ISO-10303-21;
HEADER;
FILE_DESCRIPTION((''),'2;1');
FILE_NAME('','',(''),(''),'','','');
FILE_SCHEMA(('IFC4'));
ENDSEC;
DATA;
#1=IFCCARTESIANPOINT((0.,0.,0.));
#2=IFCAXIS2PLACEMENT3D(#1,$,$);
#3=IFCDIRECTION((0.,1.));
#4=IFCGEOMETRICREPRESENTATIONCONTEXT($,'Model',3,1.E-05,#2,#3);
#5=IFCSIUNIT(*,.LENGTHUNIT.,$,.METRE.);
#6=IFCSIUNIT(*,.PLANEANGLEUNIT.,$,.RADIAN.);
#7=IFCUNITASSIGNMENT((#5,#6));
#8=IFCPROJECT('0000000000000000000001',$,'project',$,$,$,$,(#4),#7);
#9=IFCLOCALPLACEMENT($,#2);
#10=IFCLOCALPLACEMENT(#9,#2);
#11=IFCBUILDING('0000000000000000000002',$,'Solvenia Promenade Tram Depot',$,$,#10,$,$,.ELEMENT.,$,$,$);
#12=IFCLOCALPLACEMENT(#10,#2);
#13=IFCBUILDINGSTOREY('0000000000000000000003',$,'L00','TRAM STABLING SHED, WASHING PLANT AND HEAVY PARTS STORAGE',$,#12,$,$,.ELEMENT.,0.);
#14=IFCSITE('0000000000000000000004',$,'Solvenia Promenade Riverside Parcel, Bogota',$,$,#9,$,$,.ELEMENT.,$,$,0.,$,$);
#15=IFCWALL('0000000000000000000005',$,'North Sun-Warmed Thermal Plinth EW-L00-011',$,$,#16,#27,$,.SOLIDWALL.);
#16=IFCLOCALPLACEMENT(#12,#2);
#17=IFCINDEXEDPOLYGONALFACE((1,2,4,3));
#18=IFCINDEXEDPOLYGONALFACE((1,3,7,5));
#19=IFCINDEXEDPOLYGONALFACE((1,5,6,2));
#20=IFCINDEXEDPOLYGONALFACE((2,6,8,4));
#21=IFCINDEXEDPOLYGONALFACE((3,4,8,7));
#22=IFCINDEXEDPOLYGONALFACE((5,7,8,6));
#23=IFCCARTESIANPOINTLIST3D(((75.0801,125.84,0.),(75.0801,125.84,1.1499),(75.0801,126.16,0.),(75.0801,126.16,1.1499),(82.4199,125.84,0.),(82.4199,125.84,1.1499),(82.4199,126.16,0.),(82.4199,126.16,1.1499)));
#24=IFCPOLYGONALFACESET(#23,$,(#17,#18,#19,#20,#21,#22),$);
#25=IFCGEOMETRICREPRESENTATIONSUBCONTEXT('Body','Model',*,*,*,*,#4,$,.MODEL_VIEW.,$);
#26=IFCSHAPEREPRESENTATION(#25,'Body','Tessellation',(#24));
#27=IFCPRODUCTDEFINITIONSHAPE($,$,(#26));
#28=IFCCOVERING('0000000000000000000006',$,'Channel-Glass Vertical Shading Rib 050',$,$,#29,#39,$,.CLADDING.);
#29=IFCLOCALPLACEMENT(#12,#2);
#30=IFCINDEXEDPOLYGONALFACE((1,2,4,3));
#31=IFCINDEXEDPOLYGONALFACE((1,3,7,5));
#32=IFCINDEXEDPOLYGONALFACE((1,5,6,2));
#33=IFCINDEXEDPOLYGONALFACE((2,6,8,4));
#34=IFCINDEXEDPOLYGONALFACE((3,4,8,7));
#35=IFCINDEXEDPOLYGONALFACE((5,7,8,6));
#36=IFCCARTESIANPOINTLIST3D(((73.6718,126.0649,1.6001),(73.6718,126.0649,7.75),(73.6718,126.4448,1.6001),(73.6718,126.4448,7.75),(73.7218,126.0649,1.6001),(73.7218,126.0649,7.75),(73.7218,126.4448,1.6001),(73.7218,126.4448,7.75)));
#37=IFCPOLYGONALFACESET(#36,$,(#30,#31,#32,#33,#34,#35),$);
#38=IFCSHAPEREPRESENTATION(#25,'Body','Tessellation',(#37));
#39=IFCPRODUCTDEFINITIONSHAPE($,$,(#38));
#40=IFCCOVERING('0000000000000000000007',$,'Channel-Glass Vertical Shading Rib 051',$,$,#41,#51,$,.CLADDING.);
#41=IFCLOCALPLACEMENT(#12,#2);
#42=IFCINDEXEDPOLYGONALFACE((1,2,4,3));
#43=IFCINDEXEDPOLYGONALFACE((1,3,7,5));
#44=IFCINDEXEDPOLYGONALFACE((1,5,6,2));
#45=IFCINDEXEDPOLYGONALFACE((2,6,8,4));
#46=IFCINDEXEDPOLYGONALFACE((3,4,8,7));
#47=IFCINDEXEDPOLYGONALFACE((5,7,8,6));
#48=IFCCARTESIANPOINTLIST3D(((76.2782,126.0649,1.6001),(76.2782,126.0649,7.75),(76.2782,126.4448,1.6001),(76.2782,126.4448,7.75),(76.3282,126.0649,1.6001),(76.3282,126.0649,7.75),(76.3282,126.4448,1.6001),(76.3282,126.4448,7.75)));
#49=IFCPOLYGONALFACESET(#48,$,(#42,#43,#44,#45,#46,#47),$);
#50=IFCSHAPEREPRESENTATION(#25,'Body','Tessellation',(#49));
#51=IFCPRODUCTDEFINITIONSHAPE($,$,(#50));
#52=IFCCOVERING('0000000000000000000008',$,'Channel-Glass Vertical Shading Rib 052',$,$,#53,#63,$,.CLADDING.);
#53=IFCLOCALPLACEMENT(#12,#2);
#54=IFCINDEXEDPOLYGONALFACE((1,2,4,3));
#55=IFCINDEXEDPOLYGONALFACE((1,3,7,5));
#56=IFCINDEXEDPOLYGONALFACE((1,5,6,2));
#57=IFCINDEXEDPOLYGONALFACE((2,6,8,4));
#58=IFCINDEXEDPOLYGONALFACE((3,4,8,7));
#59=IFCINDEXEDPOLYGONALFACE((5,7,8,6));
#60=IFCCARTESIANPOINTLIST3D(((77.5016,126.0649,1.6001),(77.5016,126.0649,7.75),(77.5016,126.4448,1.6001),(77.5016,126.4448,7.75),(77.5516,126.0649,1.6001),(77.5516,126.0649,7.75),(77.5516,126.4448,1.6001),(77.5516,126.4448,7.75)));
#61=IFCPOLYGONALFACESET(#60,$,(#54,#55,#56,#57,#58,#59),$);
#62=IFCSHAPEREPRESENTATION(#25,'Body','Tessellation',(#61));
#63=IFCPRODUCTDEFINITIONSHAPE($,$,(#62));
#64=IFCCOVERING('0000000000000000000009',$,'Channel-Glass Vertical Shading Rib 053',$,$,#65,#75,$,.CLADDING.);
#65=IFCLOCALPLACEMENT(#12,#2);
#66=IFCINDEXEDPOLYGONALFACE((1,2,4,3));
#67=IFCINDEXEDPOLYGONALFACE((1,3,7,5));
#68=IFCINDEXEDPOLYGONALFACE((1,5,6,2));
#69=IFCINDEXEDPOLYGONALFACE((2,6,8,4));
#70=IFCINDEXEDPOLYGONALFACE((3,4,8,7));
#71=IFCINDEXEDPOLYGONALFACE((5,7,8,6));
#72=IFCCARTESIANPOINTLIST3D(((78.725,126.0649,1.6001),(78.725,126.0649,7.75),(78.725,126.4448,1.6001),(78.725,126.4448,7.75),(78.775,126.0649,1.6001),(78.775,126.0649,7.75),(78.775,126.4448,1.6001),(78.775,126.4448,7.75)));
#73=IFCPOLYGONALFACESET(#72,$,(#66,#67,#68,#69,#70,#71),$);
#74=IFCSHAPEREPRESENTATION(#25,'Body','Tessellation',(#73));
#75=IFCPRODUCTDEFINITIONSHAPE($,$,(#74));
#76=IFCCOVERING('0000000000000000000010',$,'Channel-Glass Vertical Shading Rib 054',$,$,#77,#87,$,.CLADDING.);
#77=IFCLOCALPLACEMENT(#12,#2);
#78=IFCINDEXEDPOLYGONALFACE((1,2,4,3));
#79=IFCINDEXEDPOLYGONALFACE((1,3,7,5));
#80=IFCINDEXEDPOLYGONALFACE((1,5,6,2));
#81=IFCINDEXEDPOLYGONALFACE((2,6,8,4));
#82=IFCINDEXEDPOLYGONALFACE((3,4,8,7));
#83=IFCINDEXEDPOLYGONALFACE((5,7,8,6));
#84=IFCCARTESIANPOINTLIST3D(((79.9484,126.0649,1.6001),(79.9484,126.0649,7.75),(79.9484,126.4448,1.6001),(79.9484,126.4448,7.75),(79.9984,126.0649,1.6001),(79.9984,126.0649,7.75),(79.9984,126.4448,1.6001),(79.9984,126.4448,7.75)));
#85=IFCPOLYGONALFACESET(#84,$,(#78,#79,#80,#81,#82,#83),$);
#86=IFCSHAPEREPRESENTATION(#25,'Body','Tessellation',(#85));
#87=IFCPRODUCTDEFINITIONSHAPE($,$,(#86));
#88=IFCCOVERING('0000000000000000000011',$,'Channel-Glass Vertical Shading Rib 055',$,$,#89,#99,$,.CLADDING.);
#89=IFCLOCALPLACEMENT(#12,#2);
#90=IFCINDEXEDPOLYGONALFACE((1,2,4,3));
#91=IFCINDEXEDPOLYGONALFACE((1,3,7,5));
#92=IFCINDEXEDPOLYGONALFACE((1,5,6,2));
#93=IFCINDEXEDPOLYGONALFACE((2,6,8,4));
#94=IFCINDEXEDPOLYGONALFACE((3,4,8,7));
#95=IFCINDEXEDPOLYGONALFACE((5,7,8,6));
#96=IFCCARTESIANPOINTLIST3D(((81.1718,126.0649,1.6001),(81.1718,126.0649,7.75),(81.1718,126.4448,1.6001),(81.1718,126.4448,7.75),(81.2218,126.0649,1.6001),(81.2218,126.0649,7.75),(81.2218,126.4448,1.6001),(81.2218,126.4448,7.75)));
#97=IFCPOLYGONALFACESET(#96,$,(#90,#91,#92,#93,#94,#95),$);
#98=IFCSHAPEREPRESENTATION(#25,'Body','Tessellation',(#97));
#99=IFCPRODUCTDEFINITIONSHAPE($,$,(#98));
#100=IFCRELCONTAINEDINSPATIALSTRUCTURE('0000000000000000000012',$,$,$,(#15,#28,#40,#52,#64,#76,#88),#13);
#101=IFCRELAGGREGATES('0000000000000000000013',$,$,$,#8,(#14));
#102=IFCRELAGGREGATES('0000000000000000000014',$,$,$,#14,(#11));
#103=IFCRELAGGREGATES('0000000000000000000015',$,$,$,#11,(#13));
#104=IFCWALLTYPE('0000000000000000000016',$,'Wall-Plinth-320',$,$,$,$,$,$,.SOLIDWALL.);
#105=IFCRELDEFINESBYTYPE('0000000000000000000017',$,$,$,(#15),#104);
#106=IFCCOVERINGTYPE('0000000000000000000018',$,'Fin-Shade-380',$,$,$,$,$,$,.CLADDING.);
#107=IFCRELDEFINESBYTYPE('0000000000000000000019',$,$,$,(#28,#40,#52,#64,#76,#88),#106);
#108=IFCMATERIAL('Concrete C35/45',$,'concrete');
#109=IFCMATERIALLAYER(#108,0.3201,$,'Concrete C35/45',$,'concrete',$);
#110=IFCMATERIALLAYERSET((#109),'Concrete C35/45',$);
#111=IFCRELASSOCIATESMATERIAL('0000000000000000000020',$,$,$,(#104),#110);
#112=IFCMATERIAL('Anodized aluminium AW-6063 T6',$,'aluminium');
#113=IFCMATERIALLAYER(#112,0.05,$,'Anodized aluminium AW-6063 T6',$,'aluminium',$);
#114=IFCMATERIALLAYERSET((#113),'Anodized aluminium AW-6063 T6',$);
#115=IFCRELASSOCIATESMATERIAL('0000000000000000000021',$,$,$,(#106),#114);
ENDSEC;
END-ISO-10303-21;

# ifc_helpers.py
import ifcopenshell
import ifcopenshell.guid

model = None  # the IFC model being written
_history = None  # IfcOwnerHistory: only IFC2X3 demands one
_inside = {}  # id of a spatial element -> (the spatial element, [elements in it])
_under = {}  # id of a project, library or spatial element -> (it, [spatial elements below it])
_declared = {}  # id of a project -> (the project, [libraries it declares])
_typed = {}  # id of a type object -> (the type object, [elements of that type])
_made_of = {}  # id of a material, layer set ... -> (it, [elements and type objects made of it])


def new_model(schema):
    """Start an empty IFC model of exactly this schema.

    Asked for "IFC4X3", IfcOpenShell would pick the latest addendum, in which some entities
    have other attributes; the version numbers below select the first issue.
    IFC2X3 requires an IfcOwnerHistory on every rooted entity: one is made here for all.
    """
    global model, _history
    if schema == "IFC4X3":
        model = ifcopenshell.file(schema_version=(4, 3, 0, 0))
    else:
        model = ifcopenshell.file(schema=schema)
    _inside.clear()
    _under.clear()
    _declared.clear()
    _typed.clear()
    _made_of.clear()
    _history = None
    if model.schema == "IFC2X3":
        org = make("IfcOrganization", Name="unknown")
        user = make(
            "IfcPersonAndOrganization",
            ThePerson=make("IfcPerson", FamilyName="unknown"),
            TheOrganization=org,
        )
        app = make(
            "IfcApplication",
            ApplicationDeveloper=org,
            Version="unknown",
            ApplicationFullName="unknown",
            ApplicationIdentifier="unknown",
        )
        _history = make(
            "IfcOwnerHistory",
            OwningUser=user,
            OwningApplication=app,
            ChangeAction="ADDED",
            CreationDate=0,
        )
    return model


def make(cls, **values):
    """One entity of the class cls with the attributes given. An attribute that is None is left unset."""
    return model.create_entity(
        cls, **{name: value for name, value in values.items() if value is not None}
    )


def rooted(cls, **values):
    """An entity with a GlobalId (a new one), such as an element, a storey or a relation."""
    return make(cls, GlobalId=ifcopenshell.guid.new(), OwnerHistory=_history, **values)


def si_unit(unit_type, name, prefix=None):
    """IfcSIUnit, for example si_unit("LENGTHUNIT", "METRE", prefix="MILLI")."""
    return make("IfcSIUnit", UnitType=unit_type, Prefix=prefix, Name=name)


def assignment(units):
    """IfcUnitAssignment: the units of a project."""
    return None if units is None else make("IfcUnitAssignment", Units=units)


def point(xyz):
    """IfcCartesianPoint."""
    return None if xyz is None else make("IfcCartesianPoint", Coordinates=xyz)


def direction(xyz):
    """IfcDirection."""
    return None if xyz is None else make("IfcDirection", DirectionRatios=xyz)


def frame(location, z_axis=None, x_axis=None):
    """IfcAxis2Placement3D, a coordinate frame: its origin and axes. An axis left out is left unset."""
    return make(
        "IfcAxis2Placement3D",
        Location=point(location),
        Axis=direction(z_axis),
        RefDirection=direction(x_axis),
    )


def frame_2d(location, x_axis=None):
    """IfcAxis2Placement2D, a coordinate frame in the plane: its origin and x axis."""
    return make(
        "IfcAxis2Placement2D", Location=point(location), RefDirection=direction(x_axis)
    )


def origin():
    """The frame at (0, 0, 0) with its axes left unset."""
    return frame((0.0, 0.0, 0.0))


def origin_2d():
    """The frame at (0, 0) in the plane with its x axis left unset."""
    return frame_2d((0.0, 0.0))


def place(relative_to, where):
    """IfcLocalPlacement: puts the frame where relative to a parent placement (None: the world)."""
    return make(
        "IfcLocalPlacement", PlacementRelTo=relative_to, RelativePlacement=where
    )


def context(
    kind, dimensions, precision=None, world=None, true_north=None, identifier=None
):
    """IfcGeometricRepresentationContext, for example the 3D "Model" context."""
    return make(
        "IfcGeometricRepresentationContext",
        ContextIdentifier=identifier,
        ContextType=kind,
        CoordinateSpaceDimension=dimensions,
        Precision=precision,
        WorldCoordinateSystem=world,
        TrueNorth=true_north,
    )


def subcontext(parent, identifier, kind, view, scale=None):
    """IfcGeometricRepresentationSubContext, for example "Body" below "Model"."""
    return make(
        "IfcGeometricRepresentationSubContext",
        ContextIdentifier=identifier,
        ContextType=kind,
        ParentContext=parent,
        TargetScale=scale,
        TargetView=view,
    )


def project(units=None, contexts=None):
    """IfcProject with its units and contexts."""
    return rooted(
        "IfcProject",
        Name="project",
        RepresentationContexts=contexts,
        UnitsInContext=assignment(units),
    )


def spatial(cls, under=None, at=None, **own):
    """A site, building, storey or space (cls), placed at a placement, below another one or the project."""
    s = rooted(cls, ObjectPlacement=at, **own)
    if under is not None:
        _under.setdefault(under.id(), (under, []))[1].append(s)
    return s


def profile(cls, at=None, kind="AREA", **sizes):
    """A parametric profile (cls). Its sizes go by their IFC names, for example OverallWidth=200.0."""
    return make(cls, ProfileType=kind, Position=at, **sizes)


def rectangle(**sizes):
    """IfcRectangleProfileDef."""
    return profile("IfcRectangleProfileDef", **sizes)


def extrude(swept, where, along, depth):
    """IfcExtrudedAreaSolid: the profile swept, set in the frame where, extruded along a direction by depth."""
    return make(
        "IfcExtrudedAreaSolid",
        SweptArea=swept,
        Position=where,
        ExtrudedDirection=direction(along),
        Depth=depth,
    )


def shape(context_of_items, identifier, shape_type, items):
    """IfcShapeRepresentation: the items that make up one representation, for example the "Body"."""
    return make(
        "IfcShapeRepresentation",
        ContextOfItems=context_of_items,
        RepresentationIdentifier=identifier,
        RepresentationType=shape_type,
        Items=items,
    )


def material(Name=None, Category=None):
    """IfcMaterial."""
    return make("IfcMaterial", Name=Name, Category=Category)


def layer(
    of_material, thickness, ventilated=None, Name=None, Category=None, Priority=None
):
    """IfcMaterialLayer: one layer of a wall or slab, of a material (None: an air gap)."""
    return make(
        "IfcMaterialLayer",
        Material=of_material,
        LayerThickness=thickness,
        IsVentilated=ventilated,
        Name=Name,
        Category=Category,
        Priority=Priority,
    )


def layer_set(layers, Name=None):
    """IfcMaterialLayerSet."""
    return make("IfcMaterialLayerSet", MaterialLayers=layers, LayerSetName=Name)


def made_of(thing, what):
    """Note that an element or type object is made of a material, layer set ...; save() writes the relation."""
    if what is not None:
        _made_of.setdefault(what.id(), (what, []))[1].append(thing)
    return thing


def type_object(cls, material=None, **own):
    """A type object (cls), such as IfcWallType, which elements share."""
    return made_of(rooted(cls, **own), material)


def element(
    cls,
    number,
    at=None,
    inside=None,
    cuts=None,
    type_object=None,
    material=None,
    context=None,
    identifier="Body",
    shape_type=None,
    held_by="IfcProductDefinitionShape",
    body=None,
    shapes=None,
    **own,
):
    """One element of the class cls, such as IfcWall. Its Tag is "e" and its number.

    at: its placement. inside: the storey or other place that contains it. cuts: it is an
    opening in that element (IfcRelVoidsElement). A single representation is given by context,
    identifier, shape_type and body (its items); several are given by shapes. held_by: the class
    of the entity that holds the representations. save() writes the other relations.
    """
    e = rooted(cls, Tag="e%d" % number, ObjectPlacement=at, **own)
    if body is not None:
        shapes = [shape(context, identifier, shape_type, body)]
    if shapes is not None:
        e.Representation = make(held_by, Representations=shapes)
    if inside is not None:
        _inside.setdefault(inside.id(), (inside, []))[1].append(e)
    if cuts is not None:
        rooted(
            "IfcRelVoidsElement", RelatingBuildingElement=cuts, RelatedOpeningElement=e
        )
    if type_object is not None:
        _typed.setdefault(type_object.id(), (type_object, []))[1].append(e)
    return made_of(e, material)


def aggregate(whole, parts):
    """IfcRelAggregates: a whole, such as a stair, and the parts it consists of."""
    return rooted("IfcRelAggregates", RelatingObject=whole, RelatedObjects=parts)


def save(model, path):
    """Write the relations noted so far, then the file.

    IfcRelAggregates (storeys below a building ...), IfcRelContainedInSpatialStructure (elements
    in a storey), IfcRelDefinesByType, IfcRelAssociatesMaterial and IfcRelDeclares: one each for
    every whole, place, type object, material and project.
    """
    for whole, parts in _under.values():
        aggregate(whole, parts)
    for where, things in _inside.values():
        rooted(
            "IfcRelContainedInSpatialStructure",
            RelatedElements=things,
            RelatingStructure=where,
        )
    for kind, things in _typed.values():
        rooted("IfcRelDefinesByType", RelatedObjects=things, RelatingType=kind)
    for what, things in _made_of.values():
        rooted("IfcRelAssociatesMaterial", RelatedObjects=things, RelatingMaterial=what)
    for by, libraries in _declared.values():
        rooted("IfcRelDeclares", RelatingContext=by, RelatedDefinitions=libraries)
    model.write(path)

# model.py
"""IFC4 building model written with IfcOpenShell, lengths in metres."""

from ifc_helpers import new_model, si_unit, direction, frame, frame_2d, origin, origin_2d, place, context, subcontext, project, spatial, rectangle, extrude, material, layer, layer_set, type_object, element, save


model = new_model("IFC4")

# Units and contexts
model_context = context("Model", 3, precision=1e-05, world=origin(), true_north=direction((0.0, 1.0)))
body_context = subcontext(model_context, "Body", "Model", "MODEL_VIEW")
ifc_project = project(units=[si_unit("LENGTHUNIT", "METRE"), si_unit("PLANEANGLEUNIT", "RADIAN")], contexts=[model_context])

# Site, building, storey
site_placement = place(None, origin())
site = spatial("IfcSite", under=ifc_project, at=site_placement, Name="Solvenia Promenade Riverside Parcel, Bogota", CompositionType="ELEMENT", RefElevation=0.0)
building_placement = place(site_placement, origin())
building = spatial("IfcBuilding", under=site, at=building_placement, Name="Solvenia Promenade Tram Depot", CompositionType="ELEMENT")
storey_placement = place(building_placement, origin())
storey = spatial("IfcBuildingStorey", under=building, at=storey_placement, Name="L00", Description="TRAM STABLING SHED, WASHING PLANT AND HEAVY PARTS STORAGE", CompositionType="ELEMENT", Elevation=0.0)

# Shared definitions
ifc_material_1 = material(Name="Anodized aluminium AW-6063 T6", Category="aluminium")

# Wall
ifc_material_2 = material(Name="Concrete C35/45", Category="concrete")
ifc_layer_1 = layer(ifc_material_2, 0.3201, Name="Concrete C35/45", Category="concrete")
ifc_layer_set_1 = layer_set([ifc_layer_1], Name="Concrete C35/45")
wall_type = type_object("IfcWallType", Name="Wall-Plinth-320", PredefinedType="SOLIDWALL", material=ifc_layer_set_1)
wall_placement = place(storey_placement, frame((75.0801, 126.0, 0.0), z_axis=(0.0, 0.0, 1.0), x_axis=(1.0, 0.0, 0.0)))
element("IfcWall", 1, at=wall_placement, inside=storey, type_object=wall_type, Name="North Sun-Warmed Thermal Plinth EW-L00-011", PredefinedType="SOLIDWALL", context=body_context, shape_type="SweptSolid", body=[
    extrude(rectangle(XDim=7.3398, YDim=0.3201, at=frame_2d((3.6699, 0.0))), origin(), (0.0, 0.0, 1.0), 1.1499),
])

# Coverings
ifc_layer_2 = layer(ifc_material_1, 0.05, Name="Anodized aluminium AW-6063 T6", Category="aluminium")
ifc_layer_set_2 = layer_set([ifc_layer_2], Name="Anodized aluminium AW-6063 T6")
covering_type = type_object("IfcCoveringType", Name="Fin-Shade-380", PredefinedType="CLADDING", material=ifc_layer_set_2)
for number, where, z_axis, x_axis, name in (
    (2, (73.6968, 126.2549, 1.6001), (0.0, 0.0, 1.0), (1.0, 0.0, 0.0), "Channel-Glass Vertical Shading Rib 050"),
    (3, (76.3032, 126.2549, 1.6001), (0.0, 0.0, 1.0), (1.0, 0.0, 0.0), "Channel-Glass Vertical Shading Rib 051"),
    (4, (77.5266, 126.2549, 1.6001), (0.0, 0.0, 1.0), (1.0, 0.0, 0.0), "Channel-Glass Vertical Shading Rib 052"),
    (5, (78.75, 126.2549, 1.6001), (0.0, 0.0, 1.0), (1.0, 0.0, 0.0), "Channel-Glass Vertical Shading Rib 053"),
    (6, (79.9734, 126.2549, 1.6001), (0.0, 0.0, 1.0), (1.0, 0.0, 0.0), "Channel-Glass Vertical Shading Rib 054"),
    (7, (81.1968, 126.2549, 1.6001), (0.0, 0.0, 1.0), (1.0, 0.0, 0.0), "Channel-Glass Vertical Shading Rib 055"),
):
    element("IfcCovering", number, at=place(storey_placement, frame(where, z_axis=z_axis, x_axis=x_axis)), inside=storey, type_object=covering_type, Name=name, PredefinedType="CLADDING", context=body_context, shape_type="SweptSolid", body=[
        extrude(rectangle(XDim=0.05, YDim=0.3799, at=origin_2d()), origin(), (0.0, 0.0, 1.0), 6.1499),
    ])

save(model, "model.ifc")
